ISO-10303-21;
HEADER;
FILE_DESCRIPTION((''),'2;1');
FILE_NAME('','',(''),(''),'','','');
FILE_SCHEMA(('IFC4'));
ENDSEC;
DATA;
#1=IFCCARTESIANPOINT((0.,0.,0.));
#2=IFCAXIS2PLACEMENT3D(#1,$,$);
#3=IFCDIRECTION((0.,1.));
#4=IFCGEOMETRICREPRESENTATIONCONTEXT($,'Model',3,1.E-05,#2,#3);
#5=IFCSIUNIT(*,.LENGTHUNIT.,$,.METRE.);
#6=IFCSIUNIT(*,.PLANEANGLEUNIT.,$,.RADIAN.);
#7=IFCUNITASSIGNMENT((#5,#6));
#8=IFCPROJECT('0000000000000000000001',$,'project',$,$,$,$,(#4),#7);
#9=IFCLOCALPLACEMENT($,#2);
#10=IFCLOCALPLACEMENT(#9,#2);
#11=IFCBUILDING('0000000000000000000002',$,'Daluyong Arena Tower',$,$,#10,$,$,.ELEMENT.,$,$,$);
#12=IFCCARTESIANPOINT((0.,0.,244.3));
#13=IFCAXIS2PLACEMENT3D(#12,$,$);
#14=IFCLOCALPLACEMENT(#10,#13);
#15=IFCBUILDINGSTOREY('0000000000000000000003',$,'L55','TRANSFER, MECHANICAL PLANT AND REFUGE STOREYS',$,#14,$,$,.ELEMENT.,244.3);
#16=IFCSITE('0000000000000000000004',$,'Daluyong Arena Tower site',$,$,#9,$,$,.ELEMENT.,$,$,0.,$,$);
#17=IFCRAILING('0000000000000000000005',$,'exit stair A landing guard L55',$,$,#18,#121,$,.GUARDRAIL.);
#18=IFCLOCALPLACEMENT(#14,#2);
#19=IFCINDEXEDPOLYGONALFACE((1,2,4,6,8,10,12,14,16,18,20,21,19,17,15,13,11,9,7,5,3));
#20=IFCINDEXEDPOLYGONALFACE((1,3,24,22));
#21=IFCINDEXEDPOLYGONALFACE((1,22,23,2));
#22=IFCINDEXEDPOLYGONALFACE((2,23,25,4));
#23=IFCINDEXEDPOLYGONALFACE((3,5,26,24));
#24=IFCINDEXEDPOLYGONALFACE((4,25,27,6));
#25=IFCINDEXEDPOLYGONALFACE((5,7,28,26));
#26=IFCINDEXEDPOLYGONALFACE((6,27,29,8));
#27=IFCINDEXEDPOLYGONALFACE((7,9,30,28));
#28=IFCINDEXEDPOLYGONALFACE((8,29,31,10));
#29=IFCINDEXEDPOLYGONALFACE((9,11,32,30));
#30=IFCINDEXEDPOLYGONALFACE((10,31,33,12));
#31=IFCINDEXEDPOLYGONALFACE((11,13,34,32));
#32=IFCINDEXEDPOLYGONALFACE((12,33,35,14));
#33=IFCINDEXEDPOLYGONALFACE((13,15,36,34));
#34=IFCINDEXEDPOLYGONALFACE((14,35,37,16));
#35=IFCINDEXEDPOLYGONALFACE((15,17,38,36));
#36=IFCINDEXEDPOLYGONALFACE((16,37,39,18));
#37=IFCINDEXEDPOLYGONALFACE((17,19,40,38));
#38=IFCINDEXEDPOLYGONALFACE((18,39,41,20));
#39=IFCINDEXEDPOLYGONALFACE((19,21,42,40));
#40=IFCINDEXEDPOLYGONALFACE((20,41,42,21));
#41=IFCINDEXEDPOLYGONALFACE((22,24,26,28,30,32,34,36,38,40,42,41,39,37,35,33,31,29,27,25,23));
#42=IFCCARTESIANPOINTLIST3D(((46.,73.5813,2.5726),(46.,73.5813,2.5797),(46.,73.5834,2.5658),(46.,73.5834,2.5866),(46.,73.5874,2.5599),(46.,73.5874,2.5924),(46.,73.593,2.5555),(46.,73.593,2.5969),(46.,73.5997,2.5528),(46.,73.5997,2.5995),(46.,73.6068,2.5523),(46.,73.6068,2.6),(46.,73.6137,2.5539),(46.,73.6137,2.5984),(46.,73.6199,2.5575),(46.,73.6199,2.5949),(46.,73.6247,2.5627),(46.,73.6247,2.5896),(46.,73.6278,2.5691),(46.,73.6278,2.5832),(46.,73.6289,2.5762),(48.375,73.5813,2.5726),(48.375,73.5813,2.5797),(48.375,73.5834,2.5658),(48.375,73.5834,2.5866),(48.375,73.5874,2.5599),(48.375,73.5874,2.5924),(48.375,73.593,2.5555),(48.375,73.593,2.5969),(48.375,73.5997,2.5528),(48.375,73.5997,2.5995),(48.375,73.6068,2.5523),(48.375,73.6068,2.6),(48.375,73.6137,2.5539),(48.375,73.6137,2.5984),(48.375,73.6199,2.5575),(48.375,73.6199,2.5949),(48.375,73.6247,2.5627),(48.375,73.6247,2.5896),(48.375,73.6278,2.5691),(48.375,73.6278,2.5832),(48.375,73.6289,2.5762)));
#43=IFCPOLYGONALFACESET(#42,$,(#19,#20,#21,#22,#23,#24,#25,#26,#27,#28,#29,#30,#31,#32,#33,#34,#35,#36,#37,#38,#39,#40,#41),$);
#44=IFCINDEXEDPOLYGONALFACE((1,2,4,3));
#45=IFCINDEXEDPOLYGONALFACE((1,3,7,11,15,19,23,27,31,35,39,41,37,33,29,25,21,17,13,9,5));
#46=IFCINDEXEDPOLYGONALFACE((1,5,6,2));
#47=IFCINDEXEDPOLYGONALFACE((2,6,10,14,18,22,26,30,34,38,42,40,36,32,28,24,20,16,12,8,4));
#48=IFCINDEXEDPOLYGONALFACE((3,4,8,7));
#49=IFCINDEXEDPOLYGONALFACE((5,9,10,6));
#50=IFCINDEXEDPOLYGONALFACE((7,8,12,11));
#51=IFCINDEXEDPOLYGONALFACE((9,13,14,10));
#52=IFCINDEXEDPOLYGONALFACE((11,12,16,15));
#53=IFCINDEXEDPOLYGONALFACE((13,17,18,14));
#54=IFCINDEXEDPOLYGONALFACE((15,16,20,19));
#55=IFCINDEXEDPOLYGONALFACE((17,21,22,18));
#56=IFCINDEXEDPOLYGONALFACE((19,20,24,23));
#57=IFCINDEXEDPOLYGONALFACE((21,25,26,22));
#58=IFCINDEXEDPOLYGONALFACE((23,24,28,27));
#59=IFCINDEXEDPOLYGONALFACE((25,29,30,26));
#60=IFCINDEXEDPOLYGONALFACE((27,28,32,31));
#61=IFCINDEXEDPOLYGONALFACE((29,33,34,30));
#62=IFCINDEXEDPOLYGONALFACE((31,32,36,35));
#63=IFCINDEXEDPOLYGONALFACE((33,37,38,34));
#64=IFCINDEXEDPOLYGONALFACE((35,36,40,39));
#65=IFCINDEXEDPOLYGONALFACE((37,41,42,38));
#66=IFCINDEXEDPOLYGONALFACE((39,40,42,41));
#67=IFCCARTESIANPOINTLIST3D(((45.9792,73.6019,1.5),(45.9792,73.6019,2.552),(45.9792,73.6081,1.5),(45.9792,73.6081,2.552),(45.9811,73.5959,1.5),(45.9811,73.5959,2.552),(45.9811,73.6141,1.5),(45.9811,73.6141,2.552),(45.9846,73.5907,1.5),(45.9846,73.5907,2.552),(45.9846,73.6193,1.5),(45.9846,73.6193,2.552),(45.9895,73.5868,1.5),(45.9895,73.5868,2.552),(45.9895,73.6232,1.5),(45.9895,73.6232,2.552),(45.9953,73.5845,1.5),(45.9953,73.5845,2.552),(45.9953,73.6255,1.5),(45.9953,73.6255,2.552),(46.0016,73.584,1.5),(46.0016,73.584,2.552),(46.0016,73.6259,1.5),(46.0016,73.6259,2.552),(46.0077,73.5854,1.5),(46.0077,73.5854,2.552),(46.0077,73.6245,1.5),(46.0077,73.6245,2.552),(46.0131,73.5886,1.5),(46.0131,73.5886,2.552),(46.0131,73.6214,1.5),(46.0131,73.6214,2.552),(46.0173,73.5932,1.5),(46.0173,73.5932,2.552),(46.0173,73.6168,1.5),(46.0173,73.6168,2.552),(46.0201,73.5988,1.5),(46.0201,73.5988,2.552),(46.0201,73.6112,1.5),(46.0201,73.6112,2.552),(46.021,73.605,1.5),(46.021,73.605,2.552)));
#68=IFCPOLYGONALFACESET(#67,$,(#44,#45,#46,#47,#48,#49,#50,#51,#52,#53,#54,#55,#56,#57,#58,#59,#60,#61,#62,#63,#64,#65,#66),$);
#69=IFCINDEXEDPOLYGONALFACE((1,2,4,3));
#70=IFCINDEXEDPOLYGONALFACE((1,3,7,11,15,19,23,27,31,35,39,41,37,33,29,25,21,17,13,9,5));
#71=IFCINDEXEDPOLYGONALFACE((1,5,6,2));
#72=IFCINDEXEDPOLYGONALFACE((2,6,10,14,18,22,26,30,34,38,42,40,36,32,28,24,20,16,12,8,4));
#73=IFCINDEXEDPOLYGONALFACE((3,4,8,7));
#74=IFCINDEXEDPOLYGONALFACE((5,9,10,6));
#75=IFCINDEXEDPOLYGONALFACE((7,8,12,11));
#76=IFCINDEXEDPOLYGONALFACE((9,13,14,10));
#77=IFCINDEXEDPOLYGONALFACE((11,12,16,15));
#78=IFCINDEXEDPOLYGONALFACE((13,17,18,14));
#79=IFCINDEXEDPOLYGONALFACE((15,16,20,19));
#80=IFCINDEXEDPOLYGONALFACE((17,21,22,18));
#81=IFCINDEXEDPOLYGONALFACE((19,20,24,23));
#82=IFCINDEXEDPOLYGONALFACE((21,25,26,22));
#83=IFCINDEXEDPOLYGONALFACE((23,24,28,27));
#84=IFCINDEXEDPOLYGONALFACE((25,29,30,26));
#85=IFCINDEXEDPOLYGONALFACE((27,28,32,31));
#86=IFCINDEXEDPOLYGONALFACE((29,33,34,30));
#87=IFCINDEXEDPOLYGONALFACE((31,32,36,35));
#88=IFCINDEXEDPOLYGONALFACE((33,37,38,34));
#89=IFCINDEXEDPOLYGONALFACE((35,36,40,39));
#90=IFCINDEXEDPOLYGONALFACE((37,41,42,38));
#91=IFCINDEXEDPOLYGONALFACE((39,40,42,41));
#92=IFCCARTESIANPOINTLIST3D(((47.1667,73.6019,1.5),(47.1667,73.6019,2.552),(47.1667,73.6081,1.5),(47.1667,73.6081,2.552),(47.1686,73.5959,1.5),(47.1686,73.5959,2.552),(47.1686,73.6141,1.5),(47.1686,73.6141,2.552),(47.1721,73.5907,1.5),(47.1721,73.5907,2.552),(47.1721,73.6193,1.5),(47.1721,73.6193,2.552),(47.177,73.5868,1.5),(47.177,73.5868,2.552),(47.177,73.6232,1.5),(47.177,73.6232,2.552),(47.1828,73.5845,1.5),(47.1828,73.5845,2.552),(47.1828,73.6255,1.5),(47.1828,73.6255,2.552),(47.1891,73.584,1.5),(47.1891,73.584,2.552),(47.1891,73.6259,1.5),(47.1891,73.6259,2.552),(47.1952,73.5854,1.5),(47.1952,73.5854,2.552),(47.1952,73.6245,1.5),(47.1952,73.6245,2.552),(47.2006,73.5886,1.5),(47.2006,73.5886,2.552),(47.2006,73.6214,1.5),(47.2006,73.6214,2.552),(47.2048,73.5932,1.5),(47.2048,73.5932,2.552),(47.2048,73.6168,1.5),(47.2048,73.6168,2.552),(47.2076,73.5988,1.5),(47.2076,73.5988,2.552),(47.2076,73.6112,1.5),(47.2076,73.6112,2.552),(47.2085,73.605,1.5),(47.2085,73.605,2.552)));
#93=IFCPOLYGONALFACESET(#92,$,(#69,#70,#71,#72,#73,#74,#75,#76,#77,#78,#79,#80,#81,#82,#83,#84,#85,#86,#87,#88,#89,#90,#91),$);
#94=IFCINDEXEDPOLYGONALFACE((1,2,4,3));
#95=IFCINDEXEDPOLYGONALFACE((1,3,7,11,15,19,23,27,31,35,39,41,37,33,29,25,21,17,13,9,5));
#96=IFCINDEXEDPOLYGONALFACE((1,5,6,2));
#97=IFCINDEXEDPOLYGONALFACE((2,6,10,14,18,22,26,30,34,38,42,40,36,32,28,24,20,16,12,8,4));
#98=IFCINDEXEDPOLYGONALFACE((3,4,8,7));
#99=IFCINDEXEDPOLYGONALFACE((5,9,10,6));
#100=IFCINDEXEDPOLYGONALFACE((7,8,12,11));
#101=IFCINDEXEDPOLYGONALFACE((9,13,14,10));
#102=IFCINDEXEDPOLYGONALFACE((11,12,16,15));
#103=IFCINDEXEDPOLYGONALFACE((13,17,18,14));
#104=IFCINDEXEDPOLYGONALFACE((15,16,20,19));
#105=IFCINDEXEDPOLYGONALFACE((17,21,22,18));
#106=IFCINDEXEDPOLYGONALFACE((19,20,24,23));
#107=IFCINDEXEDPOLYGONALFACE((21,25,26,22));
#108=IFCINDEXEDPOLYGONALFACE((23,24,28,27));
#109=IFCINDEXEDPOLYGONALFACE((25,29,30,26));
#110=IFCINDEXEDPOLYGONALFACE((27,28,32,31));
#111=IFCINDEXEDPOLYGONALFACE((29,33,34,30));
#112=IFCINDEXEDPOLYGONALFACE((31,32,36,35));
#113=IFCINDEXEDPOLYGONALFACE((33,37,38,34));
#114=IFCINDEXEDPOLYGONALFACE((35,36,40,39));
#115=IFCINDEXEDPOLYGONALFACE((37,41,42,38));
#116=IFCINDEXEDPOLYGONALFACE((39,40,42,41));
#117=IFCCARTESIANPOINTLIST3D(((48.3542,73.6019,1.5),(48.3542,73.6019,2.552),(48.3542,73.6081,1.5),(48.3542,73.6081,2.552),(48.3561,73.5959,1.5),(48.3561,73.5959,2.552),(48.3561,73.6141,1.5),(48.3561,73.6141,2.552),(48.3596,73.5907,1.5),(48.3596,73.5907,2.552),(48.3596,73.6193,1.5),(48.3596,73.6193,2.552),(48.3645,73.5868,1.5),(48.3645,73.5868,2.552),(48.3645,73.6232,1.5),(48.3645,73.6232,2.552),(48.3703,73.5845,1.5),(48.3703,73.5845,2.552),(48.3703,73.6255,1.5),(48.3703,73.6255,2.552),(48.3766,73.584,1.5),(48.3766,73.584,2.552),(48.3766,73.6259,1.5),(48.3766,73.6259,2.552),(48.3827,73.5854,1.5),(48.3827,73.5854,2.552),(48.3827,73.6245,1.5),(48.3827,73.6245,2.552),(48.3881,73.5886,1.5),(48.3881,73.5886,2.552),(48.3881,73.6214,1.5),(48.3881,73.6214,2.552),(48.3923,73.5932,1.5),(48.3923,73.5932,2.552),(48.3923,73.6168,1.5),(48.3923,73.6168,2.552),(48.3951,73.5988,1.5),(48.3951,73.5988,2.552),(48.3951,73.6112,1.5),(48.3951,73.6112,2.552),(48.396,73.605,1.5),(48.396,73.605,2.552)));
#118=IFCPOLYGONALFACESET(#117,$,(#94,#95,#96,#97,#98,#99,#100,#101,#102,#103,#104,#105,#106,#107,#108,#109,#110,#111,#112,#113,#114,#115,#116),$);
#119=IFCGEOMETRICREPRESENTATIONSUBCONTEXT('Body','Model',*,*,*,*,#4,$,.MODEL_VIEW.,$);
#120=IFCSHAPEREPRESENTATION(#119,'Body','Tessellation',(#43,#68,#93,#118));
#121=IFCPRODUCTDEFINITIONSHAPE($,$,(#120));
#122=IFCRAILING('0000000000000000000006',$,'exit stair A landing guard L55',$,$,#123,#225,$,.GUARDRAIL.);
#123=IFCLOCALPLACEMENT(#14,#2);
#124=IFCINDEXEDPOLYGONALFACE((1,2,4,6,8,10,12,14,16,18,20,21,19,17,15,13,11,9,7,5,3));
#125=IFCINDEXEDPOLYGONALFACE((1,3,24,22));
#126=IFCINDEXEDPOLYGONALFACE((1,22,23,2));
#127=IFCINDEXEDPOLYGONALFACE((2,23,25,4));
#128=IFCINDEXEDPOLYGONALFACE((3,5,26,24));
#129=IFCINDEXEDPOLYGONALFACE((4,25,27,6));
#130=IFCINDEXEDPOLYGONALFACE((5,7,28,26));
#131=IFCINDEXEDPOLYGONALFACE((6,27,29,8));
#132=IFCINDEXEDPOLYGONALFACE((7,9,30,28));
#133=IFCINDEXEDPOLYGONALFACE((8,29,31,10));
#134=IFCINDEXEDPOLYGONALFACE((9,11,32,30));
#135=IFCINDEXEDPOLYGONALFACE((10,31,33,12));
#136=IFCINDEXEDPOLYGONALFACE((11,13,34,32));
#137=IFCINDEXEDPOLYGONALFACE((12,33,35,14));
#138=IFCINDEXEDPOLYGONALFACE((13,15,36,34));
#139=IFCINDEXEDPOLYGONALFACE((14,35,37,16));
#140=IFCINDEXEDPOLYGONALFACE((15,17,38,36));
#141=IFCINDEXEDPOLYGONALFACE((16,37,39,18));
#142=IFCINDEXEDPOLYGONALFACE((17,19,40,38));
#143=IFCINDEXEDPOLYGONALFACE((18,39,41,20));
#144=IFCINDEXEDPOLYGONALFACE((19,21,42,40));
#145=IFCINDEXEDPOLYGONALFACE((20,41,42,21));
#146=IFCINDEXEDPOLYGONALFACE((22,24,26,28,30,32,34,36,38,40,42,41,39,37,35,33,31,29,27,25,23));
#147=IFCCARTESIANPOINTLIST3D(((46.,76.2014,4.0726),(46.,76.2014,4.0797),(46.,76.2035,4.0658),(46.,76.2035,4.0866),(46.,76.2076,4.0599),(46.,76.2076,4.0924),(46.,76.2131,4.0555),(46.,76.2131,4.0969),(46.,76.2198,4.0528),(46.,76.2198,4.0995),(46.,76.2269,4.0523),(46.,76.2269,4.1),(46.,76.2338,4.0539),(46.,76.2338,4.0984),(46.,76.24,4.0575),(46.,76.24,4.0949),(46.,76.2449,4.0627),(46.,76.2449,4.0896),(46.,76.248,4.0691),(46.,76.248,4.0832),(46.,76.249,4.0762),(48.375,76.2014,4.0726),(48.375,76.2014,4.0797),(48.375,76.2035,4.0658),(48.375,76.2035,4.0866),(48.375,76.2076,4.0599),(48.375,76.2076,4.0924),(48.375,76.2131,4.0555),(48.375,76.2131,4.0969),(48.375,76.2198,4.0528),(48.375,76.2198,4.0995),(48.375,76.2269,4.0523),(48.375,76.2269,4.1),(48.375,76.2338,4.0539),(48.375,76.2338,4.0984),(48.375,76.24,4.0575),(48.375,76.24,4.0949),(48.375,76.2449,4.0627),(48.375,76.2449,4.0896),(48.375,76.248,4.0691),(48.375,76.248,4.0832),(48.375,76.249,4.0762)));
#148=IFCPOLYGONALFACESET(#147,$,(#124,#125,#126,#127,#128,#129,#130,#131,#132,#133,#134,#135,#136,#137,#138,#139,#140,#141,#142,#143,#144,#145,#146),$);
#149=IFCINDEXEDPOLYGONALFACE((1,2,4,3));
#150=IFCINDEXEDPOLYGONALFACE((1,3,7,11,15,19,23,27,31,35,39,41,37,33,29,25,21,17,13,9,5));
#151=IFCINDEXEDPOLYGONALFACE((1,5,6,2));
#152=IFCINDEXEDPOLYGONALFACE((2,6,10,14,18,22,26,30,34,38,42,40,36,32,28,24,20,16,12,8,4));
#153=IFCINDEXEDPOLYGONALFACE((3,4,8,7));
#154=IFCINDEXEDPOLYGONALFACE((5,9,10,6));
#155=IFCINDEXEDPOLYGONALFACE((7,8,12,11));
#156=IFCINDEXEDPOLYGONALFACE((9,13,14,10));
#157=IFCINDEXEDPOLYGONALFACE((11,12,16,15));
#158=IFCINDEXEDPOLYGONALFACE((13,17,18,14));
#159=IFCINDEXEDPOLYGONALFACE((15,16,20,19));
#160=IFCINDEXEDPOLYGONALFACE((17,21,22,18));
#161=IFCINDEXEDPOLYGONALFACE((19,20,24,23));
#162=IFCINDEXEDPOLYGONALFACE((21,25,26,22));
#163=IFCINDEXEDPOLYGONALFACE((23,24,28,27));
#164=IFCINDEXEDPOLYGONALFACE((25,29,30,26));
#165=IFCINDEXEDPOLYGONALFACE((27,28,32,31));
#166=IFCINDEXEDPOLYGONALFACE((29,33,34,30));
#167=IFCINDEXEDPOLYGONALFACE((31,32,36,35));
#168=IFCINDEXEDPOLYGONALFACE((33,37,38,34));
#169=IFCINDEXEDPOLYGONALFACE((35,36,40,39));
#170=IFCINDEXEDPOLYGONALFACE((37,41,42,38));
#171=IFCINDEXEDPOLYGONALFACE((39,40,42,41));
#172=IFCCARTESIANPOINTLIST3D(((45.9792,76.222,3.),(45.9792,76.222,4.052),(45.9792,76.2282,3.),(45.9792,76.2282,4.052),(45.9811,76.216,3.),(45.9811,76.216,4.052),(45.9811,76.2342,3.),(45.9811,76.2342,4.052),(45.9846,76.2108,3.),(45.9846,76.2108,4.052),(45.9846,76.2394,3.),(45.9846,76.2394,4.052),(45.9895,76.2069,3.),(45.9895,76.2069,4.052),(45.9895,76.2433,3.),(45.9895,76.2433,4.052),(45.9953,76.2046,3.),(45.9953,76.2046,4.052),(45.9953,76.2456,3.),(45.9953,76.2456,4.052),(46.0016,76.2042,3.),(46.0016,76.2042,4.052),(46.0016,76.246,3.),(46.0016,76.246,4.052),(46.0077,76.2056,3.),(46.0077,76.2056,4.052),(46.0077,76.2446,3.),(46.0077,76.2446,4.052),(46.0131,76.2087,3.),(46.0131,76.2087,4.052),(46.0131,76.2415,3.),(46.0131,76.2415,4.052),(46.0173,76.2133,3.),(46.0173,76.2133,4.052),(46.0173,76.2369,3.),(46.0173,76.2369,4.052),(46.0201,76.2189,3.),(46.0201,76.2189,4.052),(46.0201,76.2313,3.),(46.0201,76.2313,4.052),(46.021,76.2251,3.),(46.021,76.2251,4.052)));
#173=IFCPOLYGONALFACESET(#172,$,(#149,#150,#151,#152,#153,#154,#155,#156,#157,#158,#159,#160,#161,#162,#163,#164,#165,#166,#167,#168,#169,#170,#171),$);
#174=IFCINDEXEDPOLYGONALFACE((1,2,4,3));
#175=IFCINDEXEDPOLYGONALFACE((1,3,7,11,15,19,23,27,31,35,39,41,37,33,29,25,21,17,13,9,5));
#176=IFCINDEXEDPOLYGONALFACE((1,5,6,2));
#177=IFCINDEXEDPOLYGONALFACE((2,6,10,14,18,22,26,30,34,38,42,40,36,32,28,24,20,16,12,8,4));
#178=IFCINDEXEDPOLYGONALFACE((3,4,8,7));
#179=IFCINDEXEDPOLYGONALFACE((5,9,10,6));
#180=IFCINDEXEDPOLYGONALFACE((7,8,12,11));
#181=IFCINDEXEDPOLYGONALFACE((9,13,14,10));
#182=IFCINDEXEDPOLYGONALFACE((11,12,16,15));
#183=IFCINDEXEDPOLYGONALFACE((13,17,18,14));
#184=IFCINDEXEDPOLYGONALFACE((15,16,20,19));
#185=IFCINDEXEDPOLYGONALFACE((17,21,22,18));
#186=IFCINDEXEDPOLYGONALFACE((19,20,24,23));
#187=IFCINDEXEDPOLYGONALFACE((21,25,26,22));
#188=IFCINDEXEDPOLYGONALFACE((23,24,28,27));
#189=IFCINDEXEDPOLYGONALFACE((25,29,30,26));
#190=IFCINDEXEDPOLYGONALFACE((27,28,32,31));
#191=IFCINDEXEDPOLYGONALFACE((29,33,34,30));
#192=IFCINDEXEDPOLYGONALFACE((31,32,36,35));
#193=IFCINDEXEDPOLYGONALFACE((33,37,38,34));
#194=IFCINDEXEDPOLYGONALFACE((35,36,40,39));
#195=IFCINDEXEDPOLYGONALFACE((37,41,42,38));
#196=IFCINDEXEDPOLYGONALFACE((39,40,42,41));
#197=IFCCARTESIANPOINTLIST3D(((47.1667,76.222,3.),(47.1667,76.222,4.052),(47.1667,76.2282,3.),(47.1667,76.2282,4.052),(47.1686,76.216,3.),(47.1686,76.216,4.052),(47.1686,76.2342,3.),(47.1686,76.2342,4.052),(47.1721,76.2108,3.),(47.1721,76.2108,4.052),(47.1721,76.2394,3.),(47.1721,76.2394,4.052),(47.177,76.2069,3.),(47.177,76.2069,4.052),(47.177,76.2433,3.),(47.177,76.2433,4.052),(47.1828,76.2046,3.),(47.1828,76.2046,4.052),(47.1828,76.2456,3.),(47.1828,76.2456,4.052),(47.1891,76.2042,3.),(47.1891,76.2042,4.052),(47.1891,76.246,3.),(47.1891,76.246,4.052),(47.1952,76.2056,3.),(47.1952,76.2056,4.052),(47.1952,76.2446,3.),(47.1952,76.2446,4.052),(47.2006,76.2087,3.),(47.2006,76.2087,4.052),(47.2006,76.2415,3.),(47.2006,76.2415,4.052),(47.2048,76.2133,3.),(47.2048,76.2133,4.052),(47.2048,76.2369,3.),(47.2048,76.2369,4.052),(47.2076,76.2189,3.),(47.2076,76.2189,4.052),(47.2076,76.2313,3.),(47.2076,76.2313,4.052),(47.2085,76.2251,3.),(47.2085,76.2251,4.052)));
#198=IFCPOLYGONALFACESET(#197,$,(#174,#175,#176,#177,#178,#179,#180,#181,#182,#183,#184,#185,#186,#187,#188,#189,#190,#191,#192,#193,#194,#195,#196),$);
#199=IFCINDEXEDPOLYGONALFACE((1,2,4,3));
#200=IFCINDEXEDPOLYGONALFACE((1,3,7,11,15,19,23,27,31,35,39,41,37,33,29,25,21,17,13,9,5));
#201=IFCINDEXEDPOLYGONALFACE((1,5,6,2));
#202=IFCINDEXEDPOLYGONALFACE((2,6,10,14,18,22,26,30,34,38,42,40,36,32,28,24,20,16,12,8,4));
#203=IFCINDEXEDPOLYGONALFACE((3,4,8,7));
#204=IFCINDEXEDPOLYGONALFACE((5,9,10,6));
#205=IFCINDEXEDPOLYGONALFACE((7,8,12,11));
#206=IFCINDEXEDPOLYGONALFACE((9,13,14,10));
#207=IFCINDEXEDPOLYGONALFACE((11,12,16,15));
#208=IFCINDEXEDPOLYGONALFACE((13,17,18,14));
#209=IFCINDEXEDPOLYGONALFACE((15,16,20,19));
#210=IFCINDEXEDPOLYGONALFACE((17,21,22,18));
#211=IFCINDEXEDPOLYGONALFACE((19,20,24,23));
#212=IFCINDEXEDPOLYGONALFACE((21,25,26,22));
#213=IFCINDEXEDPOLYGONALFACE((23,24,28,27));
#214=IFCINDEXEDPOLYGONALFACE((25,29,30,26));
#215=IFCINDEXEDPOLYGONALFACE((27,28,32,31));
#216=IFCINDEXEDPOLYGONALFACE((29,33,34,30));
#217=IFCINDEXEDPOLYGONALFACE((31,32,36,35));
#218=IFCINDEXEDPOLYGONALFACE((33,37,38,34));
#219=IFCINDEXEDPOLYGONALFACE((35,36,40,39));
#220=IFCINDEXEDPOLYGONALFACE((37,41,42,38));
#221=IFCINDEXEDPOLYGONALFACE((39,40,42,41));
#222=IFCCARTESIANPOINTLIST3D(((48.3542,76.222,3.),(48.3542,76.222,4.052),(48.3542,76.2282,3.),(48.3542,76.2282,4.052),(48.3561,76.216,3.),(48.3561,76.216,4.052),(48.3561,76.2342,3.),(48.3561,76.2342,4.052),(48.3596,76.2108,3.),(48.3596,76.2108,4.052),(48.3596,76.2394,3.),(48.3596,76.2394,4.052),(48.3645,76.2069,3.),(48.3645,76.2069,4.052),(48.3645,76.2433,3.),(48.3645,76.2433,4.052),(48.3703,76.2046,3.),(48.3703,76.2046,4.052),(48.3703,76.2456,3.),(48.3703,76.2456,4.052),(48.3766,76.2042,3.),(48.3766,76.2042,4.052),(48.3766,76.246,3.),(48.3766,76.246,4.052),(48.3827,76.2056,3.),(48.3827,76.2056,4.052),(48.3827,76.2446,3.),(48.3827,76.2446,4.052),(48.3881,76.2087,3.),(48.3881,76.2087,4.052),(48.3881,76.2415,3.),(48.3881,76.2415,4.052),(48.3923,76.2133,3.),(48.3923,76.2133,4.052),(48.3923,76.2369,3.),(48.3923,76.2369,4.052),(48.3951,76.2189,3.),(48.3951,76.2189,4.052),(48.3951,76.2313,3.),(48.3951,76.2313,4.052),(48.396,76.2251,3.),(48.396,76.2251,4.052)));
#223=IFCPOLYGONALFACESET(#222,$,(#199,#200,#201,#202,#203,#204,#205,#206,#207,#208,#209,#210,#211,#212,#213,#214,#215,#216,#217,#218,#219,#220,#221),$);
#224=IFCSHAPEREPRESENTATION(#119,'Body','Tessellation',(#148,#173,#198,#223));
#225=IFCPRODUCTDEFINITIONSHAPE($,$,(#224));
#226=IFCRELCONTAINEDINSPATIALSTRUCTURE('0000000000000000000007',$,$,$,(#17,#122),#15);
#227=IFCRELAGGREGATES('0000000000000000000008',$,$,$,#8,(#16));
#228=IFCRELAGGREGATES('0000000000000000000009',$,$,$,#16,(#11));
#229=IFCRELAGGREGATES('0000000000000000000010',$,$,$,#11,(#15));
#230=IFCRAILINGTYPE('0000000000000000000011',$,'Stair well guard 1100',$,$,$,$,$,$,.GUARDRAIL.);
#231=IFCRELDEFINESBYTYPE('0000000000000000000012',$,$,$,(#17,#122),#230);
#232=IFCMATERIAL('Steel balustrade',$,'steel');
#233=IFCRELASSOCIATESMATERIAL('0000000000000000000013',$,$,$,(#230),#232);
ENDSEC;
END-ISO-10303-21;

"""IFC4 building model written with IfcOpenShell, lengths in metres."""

from ifc_helpers import new_model, si_unit, direction, frame, origin, origin_2d, place, context, subcontext, project, spatial, circle, extrude, material, type_object, element, save


model = new_model("IFC4")

# Units and contexts
model_context = context("Model", 3, precision=1e-05, world=origin(), true_north=direction((0.0, 1.0)))
body_context = subcontext(model_context, "Body", "Model", "MODEL_VIEW")
ifc_project = project(units=[si_unit("LENGTHUNIT", "METRE"), si_unit("PLANEANGLEUNIT", "RADIAN")], contexts=[model_context])

# Site, building, storey
site_placement = place(None, origin())
site = spatial("IfcSite", under=ifc_project, at=site_placement, Name="Daluyong Arena Tower site", CompositionType="ELEMENT", RefElevation=0.0)
building_placement = place(site_placement, origin())
building = spatial("IfcBuilding", under=site, at=building_placement, Name="Daluyong Arena Tower", CompositionType="ELEMENT")
storey_placement = place(building_placement, frame((0.0, 0.0, 244.3)))
storey = spatial("IfcBuildingStorey", under=building, at=storey_placement, Name="L55", Description="TRANSFER, MECHANICAL PLANT AND REFUGE STOREYS", CompositionType="ELEMENT", Elevation=244.3)

# Railings
ifc_material_1 = material(Name="Steel balustrade", Category="steel")
railing_type_1 = type_object("IfcRailingType", Name="Stair well guard 1100", PredefinedType="GUARDRAIL", material=ifc_material_1)
for number, where, name in (
    (1, (46.0, 73.605, 1.5), "exit stair A landing guard L55"),
    (2, (46.0, 76.2251, 3.0), "exit stair A landing guard L55"),
):
    element("IfcRailing", number, at=place(storey_placement, frame(where)), inside=storey, type_object=railing_type_1, Name=name, PredefinedType="GUARDRAIL", context=body_context, shape_type="SweptSolid", body=[
        extrude(circle(Radius=0.0239, at=origin_2d()), frame((0.0, 0.0, 1.0762), z_axis=(1.0, 0.0, 0.0), x_axis=(0.0, 1.0, 0.0)), (0.0, 0.0, 1.0), 2.375),
        extrude(circle(Radius=0.021, at=origin_2d()), origin(), (0.0, 0.0, 1.0), 1.052),
        extrude(circle(Radius=0.021, at=origin_2d()), frame((1.1875, 0.0, 0.0)), (0.0, 0.0, 1.0), 1.052),
        extrude(circle(Radius=0.021, at=origin_2d()), frame((2.375, 0.0, 0.0)), (0.0, 0.0, 1.0), 1.052),
    ])

save(model, "model.ifc")
